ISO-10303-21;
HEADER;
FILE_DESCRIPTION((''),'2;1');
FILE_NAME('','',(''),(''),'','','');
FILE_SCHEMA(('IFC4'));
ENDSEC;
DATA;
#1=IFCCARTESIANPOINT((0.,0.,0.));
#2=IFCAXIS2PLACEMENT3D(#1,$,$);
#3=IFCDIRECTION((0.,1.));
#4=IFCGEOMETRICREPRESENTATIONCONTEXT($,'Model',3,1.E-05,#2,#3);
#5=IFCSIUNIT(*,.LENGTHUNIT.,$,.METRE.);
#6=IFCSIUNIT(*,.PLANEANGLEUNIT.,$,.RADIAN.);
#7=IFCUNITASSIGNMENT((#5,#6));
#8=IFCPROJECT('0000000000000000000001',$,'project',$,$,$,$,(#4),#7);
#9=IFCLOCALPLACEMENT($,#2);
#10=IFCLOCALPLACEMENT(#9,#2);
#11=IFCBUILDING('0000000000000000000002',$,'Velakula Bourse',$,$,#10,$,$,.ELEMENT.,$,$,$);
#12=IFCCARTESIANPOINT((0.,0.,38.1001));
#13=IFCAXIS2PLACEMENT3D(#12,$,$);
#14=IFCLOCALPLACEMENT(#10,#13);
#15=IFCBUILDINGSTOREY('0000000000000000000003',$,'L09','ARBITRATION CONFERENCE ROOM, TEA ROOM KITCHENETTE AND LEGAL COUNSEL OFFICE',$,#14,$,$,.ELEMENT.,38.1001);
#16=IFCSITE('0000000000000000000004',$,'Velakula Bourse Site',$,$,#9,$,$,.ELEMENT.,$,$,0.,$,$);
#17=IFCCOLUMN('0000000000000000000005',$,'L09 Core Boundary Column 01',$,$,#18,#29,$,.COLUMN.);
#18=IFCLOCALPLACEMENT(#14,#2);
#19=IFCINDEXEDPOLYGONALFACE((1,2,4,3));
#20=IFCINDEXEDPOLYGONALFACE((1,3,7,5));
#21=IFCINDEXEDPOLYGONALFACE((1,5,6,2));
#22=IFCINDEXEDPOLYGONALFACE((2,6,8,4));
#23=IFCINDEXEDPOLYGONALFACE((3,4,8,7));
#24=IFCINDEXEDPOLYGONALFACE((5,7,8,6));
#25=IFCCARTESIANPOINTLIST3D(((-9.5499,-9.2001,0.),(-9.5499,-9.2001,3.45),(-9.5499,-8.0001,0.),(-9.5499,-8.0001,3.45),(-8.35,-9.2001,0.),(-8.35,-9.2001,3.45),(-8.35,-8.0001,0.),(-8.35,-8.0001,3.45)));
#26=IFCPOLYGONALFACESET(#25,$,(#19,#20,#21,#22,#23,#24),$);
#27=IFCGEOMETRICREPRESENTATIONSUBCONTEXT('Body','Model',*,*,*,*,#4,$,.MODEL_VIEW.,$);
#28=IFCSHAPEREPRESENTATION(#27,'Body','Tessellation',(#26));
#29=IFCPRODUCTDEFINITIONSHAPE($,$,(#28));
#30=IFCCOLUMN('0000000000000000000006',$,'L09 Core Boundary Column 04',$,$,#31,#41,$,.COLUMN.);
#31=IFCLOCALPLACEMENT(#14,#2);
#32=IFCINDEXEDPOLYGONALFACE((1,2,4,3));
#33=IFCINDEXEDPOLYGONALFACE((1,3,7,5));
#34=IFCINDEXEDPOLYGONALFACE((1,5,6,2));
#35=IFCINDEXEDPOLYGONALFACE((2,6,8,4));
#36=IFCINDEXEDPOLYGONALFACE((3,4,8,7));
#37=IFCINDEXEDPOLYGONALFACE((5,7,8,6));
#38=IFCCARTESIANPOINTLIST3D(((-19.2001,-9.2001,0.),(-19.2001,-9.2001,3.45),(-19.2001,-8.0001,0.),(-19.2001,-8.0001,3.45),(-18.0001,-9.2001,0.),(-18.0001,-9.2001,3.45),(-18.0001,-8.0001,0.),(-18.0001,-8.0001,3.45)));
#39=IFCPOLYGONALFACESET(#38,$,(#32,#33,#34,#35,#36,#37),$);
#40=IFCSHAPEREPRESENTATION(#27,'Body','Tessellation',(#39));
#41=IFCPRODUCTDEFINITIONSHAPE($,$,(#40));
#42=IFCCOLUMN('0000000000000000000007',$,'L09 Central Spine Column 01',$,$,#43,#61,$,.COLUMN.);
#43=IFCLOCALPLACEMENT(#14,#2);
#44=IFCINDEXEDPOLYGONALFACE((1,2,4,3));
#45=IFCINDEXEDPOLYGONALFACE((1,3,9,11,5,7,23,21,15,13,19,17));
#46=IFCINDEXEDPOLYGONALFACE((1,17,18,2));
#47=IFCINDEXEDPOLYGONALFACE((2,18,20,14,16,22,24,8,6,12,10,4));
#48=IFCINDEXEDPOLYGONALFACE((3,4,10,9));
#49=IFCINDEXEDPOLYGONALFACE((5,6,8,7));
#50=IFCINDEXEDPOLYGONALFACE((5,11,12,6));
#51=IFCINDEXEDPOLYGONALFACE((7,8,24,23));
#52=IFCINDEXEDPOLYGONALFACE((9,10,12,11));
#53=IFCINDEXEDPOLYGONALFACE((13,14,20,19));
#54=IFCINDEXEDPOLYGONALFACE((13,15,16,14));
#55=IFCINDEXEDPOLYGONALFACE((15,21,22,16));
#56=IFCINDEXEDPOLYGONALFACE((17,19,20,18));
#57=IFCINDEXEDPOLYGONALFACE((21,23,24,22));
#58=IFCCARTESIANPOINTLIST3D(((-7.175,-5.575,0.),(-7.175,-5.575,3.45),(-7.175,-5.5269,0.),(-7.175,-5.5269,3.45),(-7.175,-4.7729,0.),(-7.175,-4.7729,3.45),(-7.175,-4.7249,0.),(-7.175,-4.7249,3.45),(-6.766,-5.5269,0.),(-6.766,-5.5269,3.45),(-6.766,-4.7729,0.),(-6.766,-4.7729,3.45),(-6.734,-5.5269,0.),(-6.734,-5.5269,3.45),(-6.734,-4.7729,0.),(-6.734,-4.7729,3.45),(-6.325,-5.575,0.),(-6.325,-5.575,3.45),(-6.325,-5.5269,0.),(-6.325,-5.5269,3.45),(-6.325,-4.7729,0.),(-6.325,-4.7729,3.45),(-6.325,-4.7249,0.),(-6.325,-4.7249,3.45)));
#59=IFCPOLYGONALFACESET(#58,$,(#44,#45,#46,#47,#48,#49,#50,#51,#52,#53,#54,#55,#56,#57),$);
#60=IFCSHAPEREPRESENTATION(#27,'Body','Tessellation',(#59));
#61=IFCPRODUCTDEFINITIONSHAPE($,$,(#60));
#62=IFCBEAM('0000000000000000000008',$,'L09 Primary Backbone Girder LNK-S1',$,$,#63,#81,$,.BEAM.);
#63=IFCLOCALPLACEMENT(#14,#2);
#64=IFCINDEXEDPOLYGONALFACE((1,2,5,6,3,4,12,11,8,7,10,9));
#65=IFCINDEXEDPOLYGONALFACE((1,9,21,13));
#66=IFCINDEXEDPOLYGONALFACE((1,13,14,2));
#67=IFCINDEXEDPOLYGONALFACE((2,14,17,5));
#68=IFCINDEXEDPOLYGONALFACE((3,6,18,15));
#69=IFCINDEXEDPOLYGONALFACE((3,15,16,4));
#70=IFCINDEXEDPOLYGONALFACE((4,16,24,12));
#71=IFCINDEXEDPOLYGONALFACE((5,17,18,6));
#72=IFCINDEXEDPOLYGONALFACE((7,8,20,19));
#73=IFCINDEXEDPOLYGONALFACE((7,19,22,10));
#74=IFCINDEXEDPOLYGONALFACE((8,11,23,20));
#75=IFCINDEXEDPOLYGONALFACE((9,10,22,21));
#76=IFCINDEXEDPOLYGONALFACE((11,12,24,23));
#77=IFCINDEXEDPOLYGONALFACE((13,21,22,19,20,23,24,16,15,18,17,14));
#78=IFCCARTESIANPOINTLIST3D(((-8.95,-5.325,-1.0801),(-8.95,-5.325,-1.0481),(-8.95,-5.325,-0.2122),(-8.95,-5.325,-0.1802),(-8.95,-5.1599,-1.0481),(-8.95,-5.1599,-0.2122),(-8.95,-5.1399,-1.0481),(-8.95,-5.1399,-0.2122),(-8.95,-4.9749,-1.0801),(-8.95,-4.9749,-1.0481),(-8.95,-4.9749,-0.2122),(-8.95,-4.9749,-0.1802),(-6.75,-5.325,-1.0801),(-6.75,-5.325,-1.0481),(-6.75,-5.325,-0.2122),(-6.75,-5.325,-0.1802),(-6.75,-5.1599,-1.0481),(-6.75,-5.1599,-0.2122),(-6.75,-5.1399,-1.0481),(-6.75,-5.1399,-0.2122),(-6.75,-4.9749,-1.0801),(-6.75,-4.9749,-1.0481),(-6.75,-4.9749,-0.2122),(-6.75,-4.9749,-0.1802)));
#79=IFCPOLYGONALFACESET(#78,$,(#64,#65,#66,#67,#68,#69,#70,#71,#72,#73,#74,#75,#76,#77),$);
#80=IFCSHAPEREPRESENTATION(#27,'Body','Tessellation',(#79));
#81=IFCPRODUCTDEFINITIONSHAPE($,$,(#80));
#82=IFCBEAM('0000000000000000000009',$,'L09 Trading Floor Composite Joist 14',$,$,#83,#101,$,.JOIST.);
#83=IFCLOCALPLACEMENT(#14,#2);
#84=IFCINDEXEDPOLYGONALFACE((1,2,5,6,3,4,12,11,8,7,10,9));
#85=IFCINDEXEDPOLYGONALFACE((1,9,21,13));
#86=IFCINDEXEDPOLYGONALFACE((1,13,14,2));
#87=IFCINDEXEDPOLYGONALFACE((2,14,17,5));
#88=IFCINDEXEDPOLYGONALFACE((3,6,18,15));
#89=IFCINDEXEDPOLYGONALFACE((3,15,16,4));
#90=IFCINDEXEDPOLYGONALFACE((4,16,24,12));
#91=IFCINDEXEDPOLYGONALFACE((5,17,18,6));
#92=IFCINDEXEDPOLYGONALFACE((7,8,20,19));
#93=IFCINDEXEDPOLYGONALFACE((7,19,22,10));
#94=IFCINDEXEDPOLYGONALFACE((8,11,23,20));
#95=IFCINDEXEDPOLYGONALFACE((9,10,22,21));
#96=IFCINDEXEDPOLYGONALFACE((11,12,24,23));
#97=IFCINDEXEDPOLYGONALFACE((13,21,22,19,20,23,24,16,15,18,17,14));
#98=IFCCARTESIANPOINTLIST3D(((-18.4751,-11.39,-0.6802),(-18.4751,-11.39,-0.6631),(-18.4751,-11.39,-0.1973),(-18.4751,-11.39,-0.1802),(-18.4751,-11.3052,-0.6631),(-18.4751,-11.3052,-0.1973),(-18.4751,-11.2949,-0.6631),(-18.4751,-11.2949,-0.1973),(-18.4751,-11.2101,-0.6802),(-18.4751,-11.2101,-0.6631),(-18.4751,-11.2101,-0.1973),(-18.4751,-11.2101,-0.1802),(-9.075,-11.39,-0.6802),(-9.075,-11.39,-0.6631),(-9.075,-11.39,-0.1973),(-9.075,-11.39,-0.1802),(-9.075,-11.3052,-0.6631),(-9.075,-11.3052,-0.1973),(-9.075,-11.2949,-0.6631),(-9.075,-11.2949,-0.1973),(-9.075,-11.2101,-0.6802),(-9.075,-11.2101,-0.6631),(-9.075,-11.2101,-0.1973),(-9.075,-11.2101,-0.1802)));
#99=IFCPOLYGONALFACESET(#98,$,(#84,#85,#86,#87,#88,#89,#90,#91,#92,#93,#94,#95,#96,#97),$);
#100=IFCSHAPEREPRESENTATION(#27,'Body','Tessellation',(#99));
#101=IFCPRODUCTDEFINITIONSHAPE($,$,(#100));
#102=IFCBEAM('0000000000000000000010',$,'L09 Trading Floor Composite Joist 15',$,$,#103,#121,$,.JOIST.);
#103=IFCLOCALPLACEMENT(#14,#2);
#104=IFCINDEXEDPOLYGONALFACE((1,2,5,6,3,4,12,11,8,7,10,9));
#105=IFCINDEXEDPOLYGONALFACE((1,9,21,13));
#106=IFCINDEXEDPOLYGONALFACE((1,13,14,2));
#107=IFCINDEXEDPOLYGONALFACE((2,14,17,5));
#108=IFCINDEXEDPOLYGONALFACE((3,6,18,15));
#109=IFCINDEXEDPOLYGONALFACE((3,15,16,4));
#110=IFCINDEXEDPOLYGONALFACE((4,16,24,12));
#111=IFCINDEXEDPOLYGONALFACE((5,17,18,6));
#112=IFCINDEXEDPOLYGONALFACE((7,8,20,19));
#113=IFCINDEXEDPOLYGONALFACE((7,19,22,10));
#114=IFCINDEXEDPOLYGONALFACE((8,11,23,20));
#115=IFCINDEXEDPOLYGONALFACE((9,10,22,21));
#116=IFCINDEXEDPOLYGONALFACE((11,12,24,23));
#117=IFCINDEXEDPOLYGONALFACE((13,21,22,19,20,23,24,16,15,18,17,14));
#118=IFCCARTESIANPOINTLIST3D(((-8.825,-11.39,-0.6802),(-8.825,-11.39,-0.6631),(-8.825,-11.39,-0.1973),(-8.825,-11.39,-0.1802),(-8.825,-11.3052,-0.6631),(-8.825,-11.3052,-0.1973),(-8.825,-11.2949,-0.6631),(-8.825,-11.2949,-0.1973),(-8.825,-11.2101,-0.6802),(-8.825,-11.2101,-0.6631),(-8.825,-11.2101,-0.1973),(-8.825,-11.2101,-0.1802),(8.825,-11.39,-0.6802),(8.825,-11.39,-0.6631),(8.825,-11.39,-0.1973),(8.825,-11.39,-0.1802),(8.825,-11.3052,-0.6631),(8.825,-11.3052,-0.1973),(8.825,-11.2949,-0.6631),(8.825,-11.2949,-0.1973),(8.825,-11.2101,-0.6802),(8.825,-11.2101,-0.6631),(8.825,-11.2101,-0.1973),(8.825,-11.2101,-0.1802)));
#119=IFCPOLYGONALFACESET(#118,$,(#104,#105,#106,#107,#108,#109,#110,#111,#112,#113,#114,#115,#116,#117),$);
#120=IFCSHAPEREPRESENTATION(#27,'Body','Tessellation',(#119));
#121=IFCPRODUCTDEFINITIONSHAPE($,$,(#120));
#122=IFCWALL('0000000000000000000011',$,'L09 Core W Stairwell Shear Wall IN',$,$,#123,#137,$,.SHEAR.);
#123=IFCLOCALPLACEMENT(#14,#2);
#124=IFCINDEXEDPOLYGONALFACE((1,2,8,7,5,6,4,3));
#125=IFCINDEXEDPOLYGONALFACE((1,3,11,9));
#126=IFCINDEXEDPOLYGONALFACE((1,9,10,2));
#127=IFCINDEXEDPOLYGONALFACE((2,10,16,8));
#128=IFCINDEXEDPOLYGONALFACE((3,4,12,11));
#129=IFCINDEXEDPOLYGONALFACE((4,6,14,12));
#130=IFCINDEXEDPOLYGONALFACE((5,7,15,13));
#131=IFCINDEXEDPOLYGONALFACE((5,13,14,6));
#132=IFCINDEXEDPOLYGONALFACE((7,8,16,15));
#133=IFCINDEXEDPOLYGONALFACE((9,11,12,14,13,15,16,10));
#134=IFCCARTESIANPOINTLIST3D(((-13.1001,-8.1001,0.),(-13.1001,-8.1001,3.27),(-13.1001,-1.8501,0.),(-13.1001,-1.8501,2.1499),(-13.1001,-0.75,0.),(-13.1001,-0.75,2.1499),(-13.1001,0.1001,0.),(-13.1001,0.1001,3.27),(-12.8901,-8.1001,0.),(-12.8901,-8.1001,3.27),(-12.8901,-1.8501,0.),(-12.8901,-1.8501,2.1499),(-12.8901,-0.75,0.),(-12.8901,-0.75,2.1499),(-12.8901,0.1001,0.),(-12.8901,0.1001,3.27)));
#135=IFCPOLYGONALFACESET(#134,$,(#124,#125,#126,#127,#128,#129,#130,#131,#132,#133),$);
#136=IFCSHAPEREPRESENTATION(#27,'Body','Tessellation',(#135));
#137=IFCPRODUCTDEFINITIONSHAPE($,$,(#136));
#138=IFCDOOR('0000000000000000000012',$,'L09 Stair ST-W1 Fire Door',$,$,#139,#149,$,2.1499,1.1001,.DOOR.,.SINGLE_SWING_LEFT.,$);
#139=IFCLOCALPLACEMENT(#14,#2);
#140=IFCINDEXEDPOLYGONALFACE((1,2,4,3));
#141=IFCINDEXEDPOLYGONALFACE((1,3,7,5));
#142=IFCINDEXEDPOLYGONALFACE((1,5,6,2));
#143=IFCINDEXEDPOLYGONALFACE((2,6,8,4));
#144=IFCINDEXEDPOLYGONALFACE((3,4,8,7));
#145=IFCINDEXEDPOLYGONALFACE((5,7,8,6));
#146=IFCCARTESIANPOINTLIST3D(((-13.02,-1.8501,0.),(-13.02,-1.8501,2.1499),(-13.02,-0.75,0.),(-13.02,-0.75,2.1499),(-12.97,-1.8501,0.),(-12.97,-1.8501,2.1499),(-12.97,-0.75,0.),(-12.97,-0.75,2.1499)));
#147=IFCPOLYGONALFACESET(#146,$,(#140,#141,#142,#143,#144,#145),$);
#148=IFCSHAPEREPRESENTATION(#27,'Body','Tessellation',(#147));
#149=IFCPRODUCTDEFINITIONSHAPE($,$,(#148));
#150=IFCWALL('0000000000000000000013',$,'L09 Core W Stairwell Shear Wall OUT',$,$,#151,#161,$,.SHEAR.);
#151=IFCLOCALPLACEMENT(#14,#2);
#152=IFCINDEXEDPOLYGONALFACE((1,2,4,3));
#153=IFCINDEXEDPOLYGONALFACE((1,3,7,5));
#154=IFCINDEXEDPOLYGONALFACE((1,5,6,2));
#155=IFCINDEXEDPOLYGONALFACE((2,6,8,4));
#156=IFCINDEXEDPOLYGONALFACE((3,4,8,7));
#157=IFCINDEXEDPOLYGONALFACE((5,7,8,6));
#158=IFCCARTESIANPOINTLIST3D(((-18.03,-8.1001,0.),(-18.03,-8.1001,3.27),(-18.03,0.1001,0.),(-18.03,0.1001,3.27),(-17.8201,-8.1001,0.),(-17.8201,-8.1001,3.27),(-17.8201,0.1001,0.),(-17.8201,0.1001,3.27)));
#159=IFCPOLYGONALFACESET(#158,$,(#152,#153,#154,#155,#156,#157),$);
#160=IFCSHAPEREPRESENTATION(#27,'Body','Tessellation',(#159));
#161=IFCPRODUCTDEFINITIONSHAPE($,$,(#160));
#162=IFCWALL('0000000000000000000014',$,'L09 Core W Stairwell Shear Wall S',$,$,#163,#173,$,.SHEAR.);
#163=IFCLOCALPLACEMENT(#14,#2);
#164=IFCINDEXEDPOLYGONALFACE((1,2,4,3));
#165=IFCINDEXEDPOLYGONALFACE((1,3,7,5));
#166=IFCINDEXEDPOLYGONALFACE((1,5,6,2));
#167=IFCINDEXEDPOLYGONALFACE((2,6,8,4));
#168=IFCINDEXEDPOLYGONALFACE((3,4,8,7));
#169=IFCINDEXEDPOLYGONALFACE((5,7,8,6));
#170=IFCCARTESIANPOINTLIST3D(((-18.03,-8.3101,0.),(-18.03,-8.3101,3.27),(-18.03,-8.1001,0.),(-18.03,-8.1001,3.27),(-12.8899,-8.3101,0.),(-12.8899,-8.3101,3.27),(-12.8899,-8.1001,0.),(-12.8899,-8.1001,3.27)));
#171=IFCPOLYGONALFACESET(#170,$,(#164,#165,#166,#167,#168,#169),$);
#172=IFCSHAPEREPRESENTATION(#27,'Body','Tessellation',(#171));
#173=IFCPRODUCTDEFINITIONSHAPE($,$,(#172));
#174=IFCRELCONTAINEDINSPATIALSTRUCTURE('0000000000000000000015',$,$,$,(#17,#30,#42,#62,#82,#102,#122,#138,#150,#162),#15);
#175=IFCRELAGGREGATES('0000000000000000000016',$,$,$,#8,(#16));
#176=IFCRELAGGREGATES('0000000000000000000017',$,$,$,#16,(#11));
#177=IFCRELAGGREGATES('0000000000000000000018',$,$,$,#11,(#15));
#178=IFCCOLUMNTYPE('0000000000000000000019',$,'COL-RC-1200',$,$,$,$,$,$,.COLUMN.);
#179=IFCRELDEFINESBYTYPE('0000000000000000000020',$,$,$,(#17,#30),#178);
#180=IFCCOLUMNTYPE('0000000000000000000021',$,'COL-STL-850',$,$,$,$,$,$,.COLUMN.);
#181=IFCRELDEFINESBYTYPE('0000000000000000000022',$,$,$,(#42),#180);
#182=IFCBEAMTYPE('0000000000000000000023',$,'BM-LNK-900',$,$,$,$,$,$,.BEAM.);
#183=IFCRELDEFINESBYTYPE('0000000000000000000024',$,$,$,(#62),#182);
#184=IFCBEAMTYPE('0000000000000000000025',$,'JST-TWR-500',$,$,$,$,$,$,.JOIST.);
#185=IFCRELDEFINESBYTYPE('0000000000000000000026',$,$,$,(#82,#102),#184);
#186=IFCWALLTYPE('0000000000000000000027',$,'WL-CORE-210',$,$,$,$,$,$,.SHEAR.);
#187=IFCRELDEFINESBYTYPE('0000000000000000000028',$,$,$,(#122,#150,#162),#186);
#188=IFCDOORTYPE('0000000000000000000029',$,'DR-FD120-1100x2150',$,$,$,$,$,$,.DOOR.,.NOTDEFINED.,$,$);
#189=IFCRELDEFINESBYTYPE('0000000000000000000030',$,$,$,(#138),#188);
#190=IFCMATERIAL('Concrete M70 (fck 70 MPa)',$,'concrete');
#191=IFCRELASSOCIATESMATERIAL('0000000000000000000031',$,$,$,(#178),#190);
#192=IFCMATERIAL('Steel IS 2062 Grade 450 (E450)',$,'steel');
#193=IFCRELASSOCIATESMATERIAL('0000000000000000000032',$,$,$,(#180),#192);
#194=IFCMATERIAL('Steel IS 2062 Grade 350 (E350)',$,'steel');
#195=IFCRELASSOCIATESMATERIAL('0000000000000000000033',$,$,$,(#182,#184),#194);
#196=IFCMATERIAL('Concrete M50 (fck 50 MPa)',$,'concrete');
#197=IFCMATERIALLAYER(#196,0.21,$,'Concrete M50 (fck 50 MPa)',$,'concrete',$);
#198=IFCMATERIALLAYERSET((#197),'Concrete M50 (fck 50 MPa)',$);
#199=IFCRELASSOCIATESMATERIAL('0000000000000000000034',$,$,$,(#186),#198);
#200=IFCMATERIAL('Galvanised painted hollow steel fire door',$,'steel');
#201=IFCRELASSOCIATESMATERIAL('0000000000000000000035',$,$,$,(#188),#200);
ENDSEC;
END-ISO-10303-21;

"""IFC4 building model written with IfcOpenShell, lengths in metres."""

from ifc_helpers import new_model, si_unit, direction, frame, frame_2d, origin, origin_2d, place, context, subcontext, project, spatial, rectangle, i_section, extrude, material, layer, layer_set, material_profile, profile_set, type_object, element, fill, save


model = new_model("IFC4")

# Units and contexts
model_context = context("Model", 3, precision=1e-05, world=origin(), true_north=direction((0.0, 1.0)))
body_context = subcontext(model_context, "Body", "Model", "MODEL_VIEW")
ifc_project = project(units=[si_unit("LENGTHUNIT", "METRE"), si_unit("PLANEANGLEUNIT", "RADIAN")], contexts=[model_context])

# Site, building, storey
site_placement = place(None, origin())
site = spatial("IfcSite", under=ifc_project, at=site_placement, Name="Velakula Bourse Site", CompositionType="ELEMENT", RefElevation=0.0)
building_placement = place(site_placement, origin())
building = spatial("IfcBuilding", under=site, at=building_placement, Name="Velakula Bourse", CompositionType="ELEMENT")
storey_placement = place(building_placement, frame((0.0, 0.0, 38.1001)))
storey = spatial("IfcBuildingStorey", under=building, at=storey_placement, Name="L09", Description="ARBITRATION CONFERENCE ROOM, TEA ROOM KITCHENETTE AND LEGAL COUNSEL OFFICE", CompositionType="ELEMENT", Elevation=38.1001)

# Columns
ifc_material_1 = material(Name="Concrete M70 (fck 70 MPa)", Category="concrete")
ifc_material_profile_1 = material_profile(ifc_material_1, rectangle(XDim=1.2, YDim=1.2, at=origin_2d()), Name="Concrete M70 (fck 70 MPa)")
ifc_profile_set_1 = profile_set([ifc_material_profile_1], Name="Concrete M70 (fck 70 MPa)")
column_type_1 = type_object("IfcColumnType", Name="COL-RC-1200", PredefinedType="COLUMN", material=ifc_profile_set_1)
for number, where, z_axis, x_axis, name in (
    (1, (-8.95, -8.6001, 0.0), (0.0, 0.0, 1.0), (1.0, 0.0, 0.0), "L09 Core Boundary Column 01"),
    (2, (-18.6001, -8.6001, 0.0), (0.0, 0.0, 1.0), (1.0, 0.0, 0.0), "L09 Core Boundary Column 04"),
):
    element("IfcColumn", number, at=place(storey_placement, frame(where, z_axis=z_axis, x_axis=x_axis)), inside=storey, type_object=column_type_1, Name=name, PredefinedType="COLUMN", context=body_context, shape_type="SweptSolid", body=[
        extrude(rectangle(XDim=1.2, YDim=1.2, at=origin_2d()), origin(), (0.0, 0.0, 1.0), 3.45),
    ])
ifc_material_2 = material(Name="Steel IS 2062 Grade 450 (E450)", Category="steel")
ifc_material_profile_2 = material_profile(ifc_material_2, i_section(OverallWidth=0.8501, OverallDepth=0.8501, WebThickness=0.032, FlangeThickness=0.0481, at=origin_2d()), Name="Steel IS 2062 Grade 450 (E450)")
ifc_profile_set_2 = profile_set([ifc_material_profile_2], Name="Steel IS 2062 Grade 450 (E450)")
column_type_2 = type_object("IfcColumnType", Name="COL-STL-850", PredefinedType="COLUMN", material=ifc_profile_set_2)
column_placement = place(storey_placement, frame((-6.75, -5.1499, 0.0), z_axis=(0.0, 0.0, 1.0), x_axis=(1.0, 0.0, 0.0)))
element("IfcColumn", 3, at=column_placement, inside=storey, type_object=column_type_2, Name="L09 Central Spine Column 01", PredefinedType="COLUMN", context=body_context, shape_type="SweptSolid", body=[
    extrude(i_section(OverallWidth=0.8501, OverallDepth=0.8501, WebThickness=0.032, FlangeThickness=0.0481, at=origin_2d()), origin(), (0.0, 0.0, 1.0), 3.45),
])

# Beams
ifc_material_3 = material(Name="Steel IS 2062 Grade 350 (E350)", Category="steel")
ifc_material_profile_3 = material_profile(ifc_material_3, i_section(OverallWidth=0.3501, OverallDepth=0.8999, WebThickness=0.02, FlangeThickness=0.032, at=origin_2d()), Name="Steel IS 2062 Grade 350 (E350)")
ifc_profile_set_3 = profile_set([ifc_material_profile_3], Name="Steel IS 2062 Grade 350 (E350)")
beam_type_1 = type_object("IfcBeamType", Name="BM-LNK-900", PredefinedType="BEAM", material=ifc_profile_set_3)
beam_1_placement = place(storey_placement, frame((-8.95, -5.1499, -0.6301), z_axis=(1.0, 0.0, 0.0), x_axis=(0.0, 1.0, 0.0)))
element("IfcBeam", 4, at=beam_1_placement, inside=storey, type_object=beam_type_1, Name="L09 Primary Backbone Girder LNK-S1", PredefinedType="BEAM", context=body_context, shape_type="SweptSolid", body=[
    extrude(i_section(OverallWidth=0.3501, OverallDepth=0.8999, WebThickness=0.02, FlangeThickness=0.032, at=origin_2d()), origin(), (0.0, 0.0, 1.0), 2.2),
])
ifc_material_profile_4 = material_profile(ifc_material_3, i_section(OverallWidth=0.1799, OverallDepth=0.5, WebThickness=0.0103, FlangeThickness=0.0171, at=origin_2d()), Name="Steel IS 2062 Grade 350 (E350)")
ifc_profile_set_4 = profile_set([ifc_material_profile_4], Name="Steel IS 2062 Grade 350 (E350)")
beam_type_2 = type_object("IfcBeamType", Name="JST-TWR-500", PredefinedType="JOIST", material=ifc_profile_set_4)
beam_2_placement = place(storey_placement, frame((-18.4751, -11.3, -0.4302), z_axis=(1.0, 0.0, 0.0), x_axis=(0.0, 1.0, 0.0)))
element("IfcBeam", 5, at=beam_2_placement, inside=storey, type_object=beam_type_2, Name="L09 Trading Floor Composite Joist 14", PredefinedType="JOIST", context=body_context, shape_type="SweptSolid", body=[
    extrude(i_section(OverallWidth=0.1799, OverallDepth=0.5, WebThickness=0.0103, FlangeThickness=0.0171, at=origin_2d()), origin(), (0.0, 0.0, 1.0), 9.4001),
])
beam_3_placement = place(storey_placement, frame((-8.825, -11.3, -0.4302), z_axis=(1.0, 0.0, 0.0), x_axis=(0.0, 1.0, 0.0)))
element("IfcBeam", 6, at=beam_3_placement, inside=storey, type_object=beam_type_2, Name="L09 Trading Floor Composite Joist 15", PredefinedType="JOIST", context=body_context, shape_type="SweptSolid", body=[
    extrude(i_section(OverallWidth=0.1799, OverallDepth=0.5, WebThickness=0.0103, FlangeThickness=0.0171, at=origin_2d()), origin(), (0.0, 0.0, 1.0), 17.6499),
])

# Wall, opening, door
ifc_material_4 = material(Name="Concrete M50 (fck 50 MPa)", Category="concrete")
ifc_layer_1 = layer(ifc_material_4, 0.21, Name="Concrete M50 (fck 50 MPa)", Category="concrete")
ifc_layer_set_1 = layer_set([ifc_layer_1], Name="Concrete M50 (fck 50 MPa)")
wall_type_1 = type_object("IfcWallType", Name="WL-CORE-210", PredefinedType="SHEAR", material=ifc_layer_set_1)
wall_1_placement = place(storey_placement, frame((-12.9951, -8.1001, 0.0), z_axis=(0.0, 0.0, 1.0), x_axis=(0.0, 1.0, 0.0)))
wall_1 = element("IfcWall", 7, at=wall_1_placement, inside=storey, type_object=wall_type_1, Name="L09 Core W Stairwell Shear Wall IN", PredefinedType="SHEAR", context=body_context, shape_type="SweptSolid", body=[
    extrude(rectangle(XDim=8.2002, YDim=0.21, at=frame_2d((4.1001, 0.0))), origin(), (0.0, 0.0, 1.0), 3.27),
])
opening_1_placement = place(wall_1_placement, frame((6.25, 0.0, 0.0)))
opening_1 = element("IfcOpeningElement", 8, at=opening_1_placement, cuts=wall_1, PredefinedType="OPENING", context=body_context, shape_type="SweptSolid", body=[
    extrude(rectangle(XDim=1.1001, YDim=2.1499, at=frame_2d((0.55, 1.075))), frame((0.0, 0.115, 0.0), z_axis=(0.0, -1.0, 0.0), x_axis=(1.0, 0.0, 0.0)), (0.0, 0.0, 1.0), 0.23),
])
ifc_material_5 = material(Name="Galvanised painted hollow steel fire door", Category="steel")
door_type_1 = type_object("IfcDoorType", Name="DR-FD120-1100x2150", OperationType="NOTDEFINED", PredefinedType="DOOR", material=ifc_material_5)
door_1_placement = place(opening_1_placement, origin())
door_1 = element("IfcDoor", 9, at=door_1_placement, inside=storey, type_object=door_type_1, Name="L09 Stair ST-W1 Fire Door", OperationType="SINGLE_SWING_LEFT", OverallHeight=2.1499, OverallWidth=1.1001, PredefinedType="DOOR", context=body_context, shape_type="SweptSolid", body=[
    extrude(rectangle(XDim=1.1001, YDim=2.1499, at=frame_2d((0.55, 1.075))), frame((0.0, 0.0249, 0.0), z_axis=(0.0, -1.0, 0.0), x_axis=(1.0, 0.0, 0.0)), (0.0, 0.0, 1.0), 0.05),
])
fill(opening_1, door_1)

# Walls
wall_2_placement = place(storey_placement, frame((-17.925, -8.1001, 0.0), z_axis=(0.0, 0.0, 1.0), x_axis=(0.0, 1.0, 0.0)))
element("IfcWall", 10, at=wall_2_placement, inside=storey, type_object=wall_type_1, Name="L09 Core W Stairwell Shear Wall OUT", PredefinedType="SHEAR", context=body_context, shape_type="SweptSolid", body=[
    extrude(rectangle(XDim=8.2002, YDim=0.21, at=frame_2d((4.1001, 0.0))), origin(), (0.0, 0.0, 1.0), 3.27),
])
wall_3_placement = place(storey_placement, frame((-18.03, -8.2051, 0.0), z_axis=(0.0, 0.0, 1.0), x_axis=(1.0, 0.0, 0.0)))
element("IfcWall", 11, at=wall_3_placement, inside=storey, type_object=wall_type_1, Name="L09 Core W Stairwell Shear Wall S", PredefinedType="SHEAR", context=body_context, shape_type="SweptSolid", body=[
    extrude(rectangle(XDim=5.1401, YDim=0.21, at=frame_2d((2.5701, 0.0))), origin(), (0.0, 0.0, 1.0), 3.27),
])

save(model, "model.ifc")
